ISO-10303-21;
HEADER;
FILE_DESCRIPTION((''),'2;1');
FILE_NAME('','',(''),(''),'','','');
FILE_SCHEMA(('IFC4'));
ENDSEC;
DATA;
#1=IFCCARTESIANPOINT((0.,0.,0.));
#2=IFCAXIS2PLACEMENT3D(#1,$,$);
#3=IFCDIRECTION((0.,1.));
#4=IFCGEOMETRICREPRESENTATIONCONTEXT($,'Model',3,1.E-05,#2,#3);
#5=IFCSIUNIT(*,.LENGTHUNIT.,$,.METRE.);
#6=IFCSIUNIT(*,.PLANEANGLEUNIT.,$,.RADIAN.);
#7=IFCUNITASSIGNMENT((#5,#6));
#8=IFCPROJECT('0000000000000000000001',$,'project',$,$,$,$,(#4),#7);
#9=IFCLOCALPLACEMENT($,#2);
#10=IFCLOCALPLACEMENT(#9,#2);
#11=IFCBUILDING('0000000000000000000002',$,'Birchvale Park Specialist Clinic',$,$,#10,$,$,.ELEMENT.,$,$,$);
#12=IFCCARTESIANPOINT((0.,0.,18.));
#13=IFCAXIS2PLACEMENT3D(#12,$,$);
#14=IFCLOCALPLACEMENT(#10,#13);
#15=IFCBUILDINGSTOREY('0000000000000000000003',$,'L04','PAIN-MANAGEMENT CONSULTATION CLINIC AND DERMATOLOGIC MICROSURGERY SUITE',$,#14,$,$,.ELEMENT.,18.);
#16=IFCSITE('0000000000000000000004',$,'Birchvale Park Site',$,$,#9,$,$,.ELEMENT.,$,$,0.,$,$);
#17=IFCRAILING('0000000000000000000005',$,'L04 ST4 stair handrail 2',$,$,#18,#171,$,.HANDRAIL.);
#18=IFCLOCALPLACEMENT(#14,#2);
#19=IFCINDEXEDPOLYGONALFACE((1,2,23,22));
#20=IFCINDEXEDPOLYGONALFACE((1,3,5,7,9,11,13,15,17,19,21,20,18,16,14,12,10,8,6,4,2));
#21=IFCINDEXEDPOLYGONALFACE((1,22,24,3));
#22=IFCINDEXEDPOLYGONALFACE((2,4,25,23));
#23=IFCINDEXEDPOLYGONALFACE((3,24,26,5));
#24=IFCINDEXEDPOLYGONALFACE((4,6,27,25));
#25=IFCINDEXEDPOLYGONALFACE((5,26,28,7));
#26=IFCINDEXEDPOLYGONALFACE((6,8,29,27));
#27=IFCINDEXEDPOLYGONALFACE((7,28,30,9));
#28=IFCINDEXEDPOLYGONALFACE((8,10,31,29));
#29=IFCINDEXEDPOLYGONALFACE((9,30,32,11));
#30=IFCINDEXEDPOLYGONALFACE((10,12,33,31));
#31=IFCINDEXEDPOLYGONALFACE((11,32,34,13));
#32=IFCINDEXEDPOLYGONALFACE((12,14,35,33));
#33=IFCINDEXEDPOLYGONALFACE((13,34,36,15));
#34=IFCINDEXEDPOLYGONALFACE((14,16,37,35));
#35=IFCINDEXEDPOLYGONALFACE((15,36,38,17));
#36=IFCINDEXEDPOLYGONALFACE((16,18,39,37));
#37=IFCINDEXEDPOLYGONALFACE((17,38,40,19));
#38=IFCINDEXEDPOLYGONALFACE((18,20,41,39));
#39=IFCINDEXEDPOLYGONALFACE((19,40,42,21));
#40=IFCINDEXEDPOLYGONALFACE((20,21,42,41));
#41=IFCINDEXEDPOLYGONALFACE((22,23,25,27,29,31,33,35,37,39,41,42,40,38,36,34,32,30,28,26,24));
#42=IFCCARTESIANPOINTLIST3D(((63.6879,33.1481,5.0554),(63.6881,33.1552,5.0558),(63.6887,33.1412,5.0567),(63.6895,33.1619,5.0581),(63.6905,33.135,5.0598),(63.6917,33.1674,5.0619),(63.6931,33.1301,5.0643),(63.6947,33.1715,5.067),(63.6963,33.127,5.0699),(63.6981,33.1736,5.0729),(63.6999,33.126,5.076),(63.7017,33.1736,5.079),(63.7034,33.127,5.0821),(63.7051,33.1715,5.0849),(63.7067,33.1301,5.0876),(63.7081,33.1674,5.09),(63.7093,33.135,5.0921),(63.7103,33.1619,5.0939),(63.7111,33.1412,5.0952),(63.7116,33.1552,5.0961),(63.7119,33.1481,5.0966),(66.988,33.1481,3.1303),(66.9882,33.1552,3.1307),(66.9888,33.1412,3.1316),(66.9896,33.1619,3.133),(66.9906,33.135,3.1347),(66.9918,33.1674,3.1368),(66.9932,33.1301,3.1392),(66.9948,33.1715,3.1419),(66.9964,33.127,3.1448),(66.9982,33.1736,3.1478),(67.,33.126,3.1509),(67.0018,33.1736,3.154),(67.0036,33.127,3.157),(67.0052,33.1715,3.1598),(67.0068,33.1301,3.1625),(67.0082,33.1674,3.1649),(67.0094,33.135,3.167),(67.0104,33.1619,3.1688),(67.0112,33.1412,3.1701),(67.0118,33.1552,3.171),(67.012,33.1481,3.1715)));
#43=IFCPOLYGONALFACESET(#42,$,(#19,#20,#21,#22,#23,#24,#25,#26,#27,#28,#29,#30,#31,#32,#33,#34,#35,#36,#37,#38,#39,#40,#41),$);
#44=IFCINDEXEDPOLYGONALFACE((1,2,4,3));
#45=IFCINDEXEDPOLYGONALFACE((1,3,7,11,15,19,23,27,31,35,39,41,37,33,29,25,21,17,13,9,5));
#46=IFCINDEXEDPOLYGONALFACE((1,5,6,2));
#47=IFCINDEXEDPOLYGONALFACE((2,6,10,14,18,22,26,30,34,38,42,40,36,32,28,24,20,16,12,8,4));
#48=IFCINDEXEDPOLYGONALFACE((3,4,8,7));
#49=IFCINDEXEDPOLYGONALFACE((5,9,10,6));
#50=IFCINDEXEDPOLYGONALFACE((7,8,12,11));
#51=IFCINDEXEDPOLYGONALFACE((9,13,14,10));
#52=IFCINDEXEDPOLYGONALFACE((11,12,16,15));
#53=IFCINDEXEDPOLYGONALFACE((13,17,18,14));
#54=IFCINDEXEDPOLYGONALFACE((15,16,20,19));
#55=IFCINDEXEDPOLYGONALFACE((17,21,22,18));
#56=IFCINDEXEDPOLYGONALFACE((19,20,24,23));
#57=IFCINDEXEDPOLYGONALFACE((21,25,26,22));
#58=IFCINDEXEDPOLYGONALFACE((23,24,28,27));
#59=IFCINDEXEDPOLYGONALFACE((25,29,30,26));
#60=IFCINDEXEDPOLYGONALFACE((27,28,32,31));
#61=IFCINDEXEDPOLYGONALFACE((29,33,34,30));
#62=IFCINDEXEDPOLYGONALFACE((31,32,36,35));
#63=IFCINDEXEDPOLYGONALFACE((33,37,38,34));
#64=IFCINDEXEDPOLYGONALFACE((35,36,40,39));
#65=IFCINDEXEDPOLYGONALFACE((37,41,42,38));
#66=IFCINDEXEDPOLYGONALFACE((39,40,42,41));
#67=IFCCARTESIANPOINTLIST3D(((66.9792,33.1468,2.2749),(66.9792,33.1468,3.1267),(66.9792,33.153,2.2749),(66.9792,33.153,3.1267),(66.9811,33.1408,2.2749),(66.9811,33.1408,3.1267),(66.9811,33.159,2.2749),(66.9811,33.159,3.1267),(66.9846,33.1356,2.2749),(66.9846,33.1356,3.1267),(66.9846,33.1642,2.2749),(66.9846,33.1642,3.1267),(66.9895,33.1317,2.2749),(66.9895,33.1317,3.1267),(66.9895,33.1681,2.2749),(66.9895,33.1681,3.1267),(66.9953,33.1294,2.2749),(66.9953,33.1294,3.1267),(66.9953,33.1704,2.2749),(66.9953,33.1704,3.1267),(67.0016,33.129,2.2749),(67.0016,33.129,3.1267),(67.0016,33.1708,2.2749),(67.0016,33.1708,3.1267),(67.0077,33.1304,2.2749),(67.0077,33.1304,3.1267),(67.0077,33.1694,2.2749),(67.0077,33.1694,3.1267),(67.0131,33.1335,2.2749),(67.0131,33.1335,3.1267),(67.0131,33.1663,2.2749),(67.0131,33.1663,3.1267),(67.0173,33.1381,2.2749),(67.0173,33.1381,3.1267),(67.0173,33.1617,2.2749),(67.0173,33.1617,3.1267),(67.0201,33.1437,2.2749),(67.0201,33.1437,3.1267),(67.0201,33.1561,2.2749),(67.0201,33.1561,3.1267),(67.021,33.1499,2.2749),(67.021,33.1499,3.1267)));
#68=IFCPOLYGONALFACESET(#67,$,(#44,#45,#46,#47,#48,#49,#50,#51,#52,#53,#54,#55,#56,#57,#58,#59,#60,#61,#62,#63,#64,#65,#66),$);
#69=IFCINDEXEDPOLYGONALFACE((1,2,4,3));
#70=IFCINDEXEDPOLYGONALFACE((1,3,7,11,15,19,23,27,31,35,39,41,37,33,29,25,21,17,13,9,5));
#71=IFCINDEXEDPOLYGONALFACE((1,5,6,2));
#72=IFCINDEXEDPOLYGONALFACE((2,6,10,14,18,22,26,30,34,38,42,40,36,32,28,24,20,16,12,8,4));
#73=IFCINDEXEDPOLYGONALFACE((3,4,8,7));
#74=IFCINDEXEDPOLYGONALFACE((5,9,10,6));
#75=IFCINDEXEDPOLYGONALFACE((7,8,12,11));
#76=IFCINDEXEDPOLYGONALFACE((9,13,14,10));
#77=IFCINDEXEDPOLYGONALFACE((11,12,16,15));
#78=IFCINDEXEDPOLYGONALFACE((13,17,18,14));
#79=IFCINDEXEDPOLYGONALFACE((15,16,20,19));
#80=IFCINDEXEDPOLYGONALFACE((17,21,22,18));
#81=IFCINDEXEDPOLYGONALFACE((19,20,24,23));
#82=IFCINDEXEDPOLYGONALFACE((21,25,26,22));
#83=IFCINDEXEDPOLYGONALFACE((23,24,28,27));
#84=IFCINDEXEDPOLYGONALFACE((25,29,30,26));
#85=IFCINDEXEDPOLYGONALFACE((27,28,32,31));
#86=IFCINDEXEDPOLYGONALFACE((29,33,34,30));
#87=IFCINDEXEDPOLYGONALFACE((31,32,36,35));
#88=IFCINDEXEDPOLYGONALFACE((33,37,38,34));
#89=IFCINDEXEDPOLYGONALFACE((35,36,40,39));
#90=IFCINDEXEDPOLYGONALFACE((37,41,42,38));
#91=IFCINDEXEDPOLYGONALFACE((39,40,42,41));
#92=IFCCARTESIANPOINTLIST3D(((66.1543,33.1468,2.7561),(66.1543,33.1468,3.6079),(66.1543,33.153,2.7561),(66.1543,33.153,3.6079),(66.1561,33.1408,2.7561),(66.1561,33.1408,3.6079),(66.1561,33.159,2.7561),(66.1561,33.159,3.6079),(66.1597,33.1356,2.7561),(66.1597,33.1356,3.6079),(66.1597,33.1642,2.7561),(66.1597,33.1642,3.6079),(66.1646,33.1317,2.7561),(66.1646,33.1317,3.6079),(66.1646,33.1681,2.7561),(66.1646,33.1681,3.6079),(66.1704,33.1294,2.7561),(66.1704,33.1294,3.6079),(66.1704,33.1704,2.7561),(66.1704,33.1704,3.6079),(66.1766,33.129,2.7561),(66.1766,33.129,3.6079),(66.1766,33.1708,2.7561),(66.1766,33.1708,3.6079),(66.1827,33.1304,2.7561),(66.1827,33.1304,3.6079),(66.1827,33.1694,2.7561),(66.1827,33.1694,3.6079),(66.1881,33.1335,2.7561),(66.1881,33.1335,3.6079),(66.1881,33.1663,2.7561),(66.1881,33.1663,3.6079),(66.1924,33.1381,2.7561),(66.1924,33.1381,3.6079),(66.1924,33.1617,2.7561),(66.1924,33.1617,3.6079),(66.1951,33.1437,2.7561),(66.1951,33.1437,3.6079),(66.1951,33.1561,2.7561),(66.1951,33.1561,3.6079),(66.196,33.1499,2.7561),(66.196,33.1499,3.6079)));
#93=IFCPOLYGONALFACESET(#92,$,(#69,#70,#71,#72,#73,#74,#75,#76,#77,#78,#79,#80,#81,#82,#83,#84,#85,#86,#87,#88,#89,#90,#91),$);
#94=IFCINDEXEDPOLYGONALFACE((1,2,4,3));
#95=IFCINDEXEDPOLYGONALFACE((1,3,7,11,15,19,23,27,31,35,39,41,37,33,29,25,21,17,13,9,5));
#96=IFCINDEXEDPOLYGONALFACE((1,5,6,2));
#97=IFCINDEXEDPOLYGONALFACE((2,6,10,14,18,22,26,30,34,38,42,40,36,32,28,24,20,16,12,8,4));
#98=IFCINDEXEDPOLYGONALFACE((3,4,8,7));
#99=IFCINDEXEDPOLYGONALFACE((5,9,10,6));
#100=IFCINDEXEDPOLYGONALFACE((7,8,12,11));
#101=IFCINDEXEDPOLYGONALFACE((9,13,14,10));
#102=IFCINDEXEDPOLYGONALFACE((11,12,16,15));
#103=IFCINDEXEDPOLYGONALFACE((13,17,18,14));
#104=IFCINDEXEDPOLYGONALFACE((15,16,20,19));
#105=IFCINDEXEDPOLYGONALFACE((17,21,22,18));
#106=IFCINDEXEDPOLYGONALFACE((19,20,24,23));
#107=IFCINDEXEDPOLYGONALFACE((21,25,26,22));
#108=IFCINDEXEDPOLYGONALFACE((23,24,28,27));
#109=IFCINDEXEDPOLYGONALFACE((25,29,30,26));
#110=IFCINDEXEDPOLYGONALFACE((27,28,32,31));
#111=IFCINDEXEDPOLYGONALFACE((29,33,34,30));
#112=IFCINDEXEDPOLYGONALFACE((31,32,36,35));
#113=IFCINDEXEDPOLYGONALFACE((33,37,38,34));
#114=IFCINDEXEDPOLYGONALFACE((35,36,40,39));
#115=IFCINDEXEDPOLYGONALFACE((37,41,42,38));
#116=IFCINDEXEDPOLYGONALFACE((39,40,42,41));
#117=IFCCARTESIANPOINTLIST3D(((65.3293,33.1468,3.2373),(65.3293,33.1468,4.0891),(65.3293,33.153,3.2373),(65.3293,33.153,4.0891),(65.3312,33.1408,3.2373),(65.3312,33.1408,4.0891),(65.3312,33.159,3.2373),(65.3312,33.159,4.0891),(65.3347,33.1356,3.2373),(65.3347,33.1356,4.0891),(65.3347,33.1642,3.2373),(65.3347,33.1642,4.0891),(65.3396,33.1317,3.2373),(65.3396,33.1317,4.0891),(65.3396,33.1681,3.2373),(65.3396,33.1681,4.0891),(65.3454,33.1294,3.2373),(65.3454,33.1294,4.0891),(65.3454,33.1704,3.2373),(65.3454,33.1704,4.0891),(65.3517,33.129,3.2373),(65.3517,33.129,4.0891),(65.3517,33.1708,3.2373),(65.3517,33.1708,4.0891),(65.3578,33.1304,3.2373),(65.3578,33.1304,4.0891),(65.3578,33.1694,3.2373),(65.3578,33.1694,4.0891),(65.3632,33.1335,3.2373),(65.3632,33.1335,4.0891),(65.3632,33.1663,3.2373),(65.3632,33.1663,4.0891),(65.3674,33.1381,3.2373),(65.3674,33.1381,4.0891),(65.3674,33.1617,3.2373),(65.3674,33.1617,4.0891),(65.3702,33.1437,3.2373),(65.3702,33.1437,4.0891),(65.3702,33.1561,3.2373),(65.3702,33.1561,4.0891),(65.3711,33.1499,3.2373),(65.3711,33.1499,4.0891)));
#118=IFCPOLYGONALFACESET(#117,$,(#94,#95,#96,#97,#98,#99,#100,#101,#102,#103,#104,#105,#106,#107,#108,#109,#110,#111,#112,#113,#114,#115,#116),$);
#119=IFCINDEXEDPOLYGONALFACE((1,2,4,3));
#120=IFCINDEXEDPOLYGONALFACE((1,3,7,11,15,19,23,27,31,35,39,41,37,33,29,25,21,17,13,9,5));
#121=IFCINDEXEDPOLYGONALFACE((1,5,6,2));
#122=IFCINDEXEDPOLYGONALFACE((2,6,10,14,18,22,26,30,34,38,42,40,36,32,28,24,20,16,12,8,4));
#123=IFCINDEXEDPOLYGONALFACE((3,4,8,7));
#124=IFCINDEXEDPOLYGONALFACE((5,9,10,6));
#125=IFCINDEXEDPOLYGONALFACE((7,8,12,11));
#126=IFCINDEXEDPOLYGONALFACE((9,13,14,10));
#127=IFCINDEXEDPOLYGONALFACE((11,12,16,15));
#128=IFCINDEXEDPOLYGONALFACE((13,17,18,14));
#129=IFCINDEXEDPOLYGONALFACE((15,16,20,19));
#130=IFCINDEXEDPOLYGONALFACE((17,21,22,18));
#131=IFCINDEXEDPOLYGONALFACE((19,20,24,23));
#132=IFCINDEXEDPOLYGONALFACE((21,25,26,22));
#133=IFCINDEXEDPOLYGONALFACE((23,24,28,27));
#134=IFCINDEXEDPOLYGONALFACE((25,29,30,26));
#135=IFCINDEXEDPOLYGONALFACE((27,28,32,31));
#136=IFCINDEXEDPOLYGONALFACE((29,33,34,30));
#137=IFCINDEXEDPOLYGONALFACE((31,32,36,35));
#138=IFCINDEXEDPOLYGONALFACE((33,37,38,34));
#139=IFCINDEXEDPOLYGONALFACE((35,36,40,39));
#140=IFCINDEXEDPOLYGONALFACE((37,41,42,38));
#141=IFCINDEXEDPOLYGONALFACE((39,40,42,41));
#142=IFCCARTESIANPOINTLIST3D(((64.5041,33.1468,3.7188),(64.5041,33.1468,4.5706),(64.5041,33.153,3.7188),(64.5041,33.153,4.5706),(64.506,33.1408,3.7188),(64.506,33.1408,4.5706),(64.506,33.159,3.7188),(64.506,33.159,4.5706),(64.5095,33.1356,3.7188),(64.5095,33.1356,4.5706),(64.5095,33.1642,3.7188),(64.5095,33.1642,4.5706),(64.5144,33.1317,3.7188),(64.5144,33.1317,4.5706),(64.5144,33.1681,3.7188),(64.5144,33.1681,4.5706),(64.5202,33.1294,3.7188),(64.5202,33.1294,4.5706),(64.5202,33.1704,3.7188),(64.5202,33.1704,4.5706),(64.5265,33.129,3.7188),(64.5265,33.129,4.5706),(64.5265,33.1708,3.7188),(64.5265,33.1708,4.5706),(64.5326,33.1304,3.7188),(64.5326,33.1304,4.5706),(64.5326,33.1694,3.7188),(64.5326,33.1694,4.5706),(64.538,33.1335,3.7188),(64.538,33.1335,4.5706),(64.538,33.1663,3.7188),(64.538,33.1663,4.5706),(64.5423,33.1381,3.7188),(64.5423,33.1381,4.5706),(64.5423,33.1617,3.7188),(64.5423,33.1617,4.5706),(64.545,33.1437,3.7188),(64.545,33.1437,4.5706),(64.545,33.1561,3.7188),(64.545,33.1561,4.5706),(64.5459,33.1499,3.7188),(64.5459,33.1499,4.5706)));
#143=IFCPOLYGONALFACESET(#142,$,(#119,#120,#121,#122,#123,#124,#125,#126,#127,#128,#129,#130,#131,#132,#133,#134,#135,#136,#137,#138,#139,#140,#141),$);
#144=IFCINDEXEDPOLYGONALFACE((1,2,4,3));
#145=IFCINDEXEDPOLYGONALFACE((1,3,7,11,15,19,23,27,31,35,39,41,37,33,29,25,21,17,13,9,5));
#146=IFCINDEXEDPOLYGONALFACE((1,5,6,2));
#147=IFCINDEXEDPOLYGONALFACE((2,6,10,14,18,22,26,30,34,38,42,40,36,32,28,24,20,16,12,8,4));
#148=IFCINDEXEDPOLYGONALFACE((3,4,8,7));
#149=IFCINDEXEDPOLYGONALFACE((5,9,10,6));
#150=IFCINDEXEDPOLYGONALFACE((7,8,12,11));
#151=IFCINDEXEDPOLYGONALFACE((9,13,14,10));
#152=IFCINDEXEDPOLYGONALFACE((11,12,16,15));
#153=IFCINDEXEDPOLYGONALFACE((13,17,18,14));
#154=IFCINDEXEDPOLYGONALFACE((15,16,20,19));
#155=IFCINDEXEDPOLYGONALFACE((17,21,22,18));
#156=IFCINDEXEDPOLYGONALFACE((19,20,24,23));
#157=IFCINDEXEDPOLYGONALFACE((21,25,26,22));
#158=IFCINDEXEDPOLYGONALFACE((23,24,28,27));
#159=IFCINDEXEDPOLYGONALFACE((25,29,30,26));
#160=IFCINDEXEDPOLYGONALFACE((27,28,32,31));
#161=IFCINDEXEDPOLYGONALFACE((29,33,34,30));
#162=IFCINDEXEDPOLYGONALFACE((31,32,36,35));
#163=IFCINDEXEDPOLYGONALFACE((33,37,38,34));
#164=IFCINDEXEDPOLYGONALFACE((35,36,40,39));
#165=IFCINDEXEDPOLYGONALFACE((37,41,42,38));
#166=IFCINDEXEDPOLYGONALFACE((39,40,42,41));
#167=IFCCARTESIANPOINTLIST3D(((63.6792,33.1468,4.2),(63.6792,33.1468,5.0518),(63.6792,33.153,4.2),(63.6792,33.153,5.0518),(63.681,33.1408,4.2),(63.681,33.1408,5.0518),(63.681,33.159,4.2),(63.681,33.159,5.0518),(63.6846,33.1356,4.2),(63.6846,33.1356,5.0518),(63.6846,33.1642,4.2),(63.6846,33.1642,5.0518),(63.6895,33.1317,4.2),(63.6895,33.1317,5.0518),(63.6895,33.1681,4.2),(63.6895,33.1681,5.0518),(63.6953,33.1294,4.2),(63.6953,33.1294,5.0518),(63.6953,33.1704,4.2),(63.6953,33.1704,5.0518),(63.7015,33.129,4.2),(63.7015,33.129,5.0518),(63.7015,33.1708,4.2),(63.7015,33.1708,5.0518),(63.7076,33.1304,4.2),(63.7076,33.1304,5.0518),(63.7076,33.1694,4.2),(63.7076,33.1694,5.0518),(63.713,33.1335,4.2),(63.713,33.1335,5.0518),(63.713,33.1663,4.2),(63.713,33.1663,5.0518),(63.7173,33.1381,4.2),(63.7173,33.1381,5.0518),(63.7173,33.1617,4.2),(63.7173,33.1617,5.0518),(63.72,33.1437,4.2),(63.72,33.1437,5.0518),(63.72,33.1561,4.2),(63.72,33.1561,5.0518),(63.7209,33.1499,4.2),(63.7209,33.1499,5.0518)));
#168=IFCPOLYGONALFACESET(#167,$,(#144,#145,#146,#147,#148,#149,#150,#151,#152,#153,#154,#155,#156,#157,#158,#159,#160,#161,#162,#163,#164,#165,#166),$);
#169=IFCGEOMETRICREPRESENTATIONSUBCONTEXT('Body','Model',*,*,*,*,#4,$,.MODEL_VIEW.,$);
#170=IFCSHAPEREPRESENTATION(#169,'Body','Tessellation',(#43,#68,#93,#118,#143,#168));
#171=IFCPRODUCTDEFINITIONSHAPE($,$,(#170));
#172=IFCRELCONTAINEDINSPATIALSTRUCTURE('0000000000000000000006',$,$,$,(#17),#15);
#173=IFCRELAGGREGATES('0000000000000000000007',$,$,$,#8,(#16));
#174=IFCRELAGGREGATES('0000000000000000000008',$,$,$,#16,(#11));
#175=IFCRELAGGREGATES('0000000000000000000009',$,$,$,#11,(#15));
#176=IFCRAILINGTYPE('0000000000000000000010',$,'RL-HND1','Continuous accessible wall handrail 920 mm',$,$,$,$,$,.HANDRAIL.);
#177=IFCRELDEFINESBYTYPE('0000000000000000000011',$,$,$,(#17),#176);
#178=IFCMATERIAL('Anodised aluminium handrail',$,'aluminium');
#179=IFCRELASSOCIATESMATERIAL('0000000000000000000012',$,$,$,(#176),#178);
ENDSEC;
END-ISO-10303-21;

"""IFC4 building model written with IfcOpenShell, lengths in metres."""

from ifc_helpers import new_model, si_unit, direction, frame, origin, origin_2d, place, context, subcontext, project, spatial, circle, extrude, material, type_object, element, save


model = new_model("IFC4")

# Units and contexts
model_context = context("Model", 3, precision=1e-05, world=origin(), true_north=direction((0.0, 1.0)))
body_context = subcontext(model_context, "Body", "Model", "MODEL_VIEW")
ifc_project = project(units=[si_unit("LENGTHUNIT", "METRE"), si_unit("PLANEANGLEUNIT", "RADIAN")], contexts=[model_context])

# Site, building, storey
site_placement = place(None, origin())
site = spatial("IfcSite", under=ifc_project, at=site_placement, Name="Birchvale Park Site", CompositionType="ELEMENT", RefElevation=0.0)
building_placement = place(site_placement, origin())
building = spatial("IfcBuilding", under=site, at=building_placement, Name="Birchvale Park Specialist Clinic", CompositionType="ELEMENT")
storey_placement = place(building_placement, frame((0.0, 0.0, 18.0)))
storey = spatial("IfcBuildingStorey", under=building, at=storey_placement, Name="L04", Description="PAIN-MANAGEMENT CONSULTATION CLINIC AND DERMATOLOGIC MICROSURGERY SUITE", CompositionType="ELEMENT", Elevation=18.0)

# Railing
ifc_material_1 = material(Name="Anodised aluminium handrail", Category="aluminium")
railing_type_1 = type_object("IfcRailingType", Name="RL-HND1", Description="Continuous accessible wall handrail 920 mm", PredefinedType="HANDRAIL", material=ifc_material_1)
railing_1_placement = place(storey_placement, frame((67.0, 33.1499, 2.2749)))
element("IfcRailing", 1, at=railing_1_placement, inside=storey, type_object=railing_type_1, Name="L04 ST4 stair handrail 2", PredefinedType="HANDRAIL", context=body_context, shape_type="SweptSolid", body=[
    extrude(circle(Radius=0.0239, at=origin_2d()), frame((0.0, 0.0, 0.876), z_axis=(-0.863777, 0.0, 0.503875), x_axis=(0.0, -1.0, 0.0)), (0.0, 0.0, 1.0), 3.8206),
    extrude(circle(Radius=0.021, at=origin_2d()), origin(), (0.0, 0.0, 1.0), 0.8518),
    extrude(circle(Radius=0.021, at=origin_2d()), frame((-0.825, 0.0, 0.4812)), (0.0, 0.0, 1.0), 0.8518),
    extrude(circle(Radius=0.021, at=origin_2d()), frame((-1.6499, 0.0, 0.9624)), (0.0, 0.0, 1.0), 0.8518),
    extrude(circle(Radius=0.021, at=origin_2d()), frame((-2.4751, 0.0, 1.4438)), (0.0, 0.0, 1.0), 0.8518),
    extrude(circle(Radius=0.021, at=origin_2d()), frame((-3.3, 0.0, 1.925)), (0.0, 0.0, 1.0), 0.8518),
])

save(model, "model.ifc")
